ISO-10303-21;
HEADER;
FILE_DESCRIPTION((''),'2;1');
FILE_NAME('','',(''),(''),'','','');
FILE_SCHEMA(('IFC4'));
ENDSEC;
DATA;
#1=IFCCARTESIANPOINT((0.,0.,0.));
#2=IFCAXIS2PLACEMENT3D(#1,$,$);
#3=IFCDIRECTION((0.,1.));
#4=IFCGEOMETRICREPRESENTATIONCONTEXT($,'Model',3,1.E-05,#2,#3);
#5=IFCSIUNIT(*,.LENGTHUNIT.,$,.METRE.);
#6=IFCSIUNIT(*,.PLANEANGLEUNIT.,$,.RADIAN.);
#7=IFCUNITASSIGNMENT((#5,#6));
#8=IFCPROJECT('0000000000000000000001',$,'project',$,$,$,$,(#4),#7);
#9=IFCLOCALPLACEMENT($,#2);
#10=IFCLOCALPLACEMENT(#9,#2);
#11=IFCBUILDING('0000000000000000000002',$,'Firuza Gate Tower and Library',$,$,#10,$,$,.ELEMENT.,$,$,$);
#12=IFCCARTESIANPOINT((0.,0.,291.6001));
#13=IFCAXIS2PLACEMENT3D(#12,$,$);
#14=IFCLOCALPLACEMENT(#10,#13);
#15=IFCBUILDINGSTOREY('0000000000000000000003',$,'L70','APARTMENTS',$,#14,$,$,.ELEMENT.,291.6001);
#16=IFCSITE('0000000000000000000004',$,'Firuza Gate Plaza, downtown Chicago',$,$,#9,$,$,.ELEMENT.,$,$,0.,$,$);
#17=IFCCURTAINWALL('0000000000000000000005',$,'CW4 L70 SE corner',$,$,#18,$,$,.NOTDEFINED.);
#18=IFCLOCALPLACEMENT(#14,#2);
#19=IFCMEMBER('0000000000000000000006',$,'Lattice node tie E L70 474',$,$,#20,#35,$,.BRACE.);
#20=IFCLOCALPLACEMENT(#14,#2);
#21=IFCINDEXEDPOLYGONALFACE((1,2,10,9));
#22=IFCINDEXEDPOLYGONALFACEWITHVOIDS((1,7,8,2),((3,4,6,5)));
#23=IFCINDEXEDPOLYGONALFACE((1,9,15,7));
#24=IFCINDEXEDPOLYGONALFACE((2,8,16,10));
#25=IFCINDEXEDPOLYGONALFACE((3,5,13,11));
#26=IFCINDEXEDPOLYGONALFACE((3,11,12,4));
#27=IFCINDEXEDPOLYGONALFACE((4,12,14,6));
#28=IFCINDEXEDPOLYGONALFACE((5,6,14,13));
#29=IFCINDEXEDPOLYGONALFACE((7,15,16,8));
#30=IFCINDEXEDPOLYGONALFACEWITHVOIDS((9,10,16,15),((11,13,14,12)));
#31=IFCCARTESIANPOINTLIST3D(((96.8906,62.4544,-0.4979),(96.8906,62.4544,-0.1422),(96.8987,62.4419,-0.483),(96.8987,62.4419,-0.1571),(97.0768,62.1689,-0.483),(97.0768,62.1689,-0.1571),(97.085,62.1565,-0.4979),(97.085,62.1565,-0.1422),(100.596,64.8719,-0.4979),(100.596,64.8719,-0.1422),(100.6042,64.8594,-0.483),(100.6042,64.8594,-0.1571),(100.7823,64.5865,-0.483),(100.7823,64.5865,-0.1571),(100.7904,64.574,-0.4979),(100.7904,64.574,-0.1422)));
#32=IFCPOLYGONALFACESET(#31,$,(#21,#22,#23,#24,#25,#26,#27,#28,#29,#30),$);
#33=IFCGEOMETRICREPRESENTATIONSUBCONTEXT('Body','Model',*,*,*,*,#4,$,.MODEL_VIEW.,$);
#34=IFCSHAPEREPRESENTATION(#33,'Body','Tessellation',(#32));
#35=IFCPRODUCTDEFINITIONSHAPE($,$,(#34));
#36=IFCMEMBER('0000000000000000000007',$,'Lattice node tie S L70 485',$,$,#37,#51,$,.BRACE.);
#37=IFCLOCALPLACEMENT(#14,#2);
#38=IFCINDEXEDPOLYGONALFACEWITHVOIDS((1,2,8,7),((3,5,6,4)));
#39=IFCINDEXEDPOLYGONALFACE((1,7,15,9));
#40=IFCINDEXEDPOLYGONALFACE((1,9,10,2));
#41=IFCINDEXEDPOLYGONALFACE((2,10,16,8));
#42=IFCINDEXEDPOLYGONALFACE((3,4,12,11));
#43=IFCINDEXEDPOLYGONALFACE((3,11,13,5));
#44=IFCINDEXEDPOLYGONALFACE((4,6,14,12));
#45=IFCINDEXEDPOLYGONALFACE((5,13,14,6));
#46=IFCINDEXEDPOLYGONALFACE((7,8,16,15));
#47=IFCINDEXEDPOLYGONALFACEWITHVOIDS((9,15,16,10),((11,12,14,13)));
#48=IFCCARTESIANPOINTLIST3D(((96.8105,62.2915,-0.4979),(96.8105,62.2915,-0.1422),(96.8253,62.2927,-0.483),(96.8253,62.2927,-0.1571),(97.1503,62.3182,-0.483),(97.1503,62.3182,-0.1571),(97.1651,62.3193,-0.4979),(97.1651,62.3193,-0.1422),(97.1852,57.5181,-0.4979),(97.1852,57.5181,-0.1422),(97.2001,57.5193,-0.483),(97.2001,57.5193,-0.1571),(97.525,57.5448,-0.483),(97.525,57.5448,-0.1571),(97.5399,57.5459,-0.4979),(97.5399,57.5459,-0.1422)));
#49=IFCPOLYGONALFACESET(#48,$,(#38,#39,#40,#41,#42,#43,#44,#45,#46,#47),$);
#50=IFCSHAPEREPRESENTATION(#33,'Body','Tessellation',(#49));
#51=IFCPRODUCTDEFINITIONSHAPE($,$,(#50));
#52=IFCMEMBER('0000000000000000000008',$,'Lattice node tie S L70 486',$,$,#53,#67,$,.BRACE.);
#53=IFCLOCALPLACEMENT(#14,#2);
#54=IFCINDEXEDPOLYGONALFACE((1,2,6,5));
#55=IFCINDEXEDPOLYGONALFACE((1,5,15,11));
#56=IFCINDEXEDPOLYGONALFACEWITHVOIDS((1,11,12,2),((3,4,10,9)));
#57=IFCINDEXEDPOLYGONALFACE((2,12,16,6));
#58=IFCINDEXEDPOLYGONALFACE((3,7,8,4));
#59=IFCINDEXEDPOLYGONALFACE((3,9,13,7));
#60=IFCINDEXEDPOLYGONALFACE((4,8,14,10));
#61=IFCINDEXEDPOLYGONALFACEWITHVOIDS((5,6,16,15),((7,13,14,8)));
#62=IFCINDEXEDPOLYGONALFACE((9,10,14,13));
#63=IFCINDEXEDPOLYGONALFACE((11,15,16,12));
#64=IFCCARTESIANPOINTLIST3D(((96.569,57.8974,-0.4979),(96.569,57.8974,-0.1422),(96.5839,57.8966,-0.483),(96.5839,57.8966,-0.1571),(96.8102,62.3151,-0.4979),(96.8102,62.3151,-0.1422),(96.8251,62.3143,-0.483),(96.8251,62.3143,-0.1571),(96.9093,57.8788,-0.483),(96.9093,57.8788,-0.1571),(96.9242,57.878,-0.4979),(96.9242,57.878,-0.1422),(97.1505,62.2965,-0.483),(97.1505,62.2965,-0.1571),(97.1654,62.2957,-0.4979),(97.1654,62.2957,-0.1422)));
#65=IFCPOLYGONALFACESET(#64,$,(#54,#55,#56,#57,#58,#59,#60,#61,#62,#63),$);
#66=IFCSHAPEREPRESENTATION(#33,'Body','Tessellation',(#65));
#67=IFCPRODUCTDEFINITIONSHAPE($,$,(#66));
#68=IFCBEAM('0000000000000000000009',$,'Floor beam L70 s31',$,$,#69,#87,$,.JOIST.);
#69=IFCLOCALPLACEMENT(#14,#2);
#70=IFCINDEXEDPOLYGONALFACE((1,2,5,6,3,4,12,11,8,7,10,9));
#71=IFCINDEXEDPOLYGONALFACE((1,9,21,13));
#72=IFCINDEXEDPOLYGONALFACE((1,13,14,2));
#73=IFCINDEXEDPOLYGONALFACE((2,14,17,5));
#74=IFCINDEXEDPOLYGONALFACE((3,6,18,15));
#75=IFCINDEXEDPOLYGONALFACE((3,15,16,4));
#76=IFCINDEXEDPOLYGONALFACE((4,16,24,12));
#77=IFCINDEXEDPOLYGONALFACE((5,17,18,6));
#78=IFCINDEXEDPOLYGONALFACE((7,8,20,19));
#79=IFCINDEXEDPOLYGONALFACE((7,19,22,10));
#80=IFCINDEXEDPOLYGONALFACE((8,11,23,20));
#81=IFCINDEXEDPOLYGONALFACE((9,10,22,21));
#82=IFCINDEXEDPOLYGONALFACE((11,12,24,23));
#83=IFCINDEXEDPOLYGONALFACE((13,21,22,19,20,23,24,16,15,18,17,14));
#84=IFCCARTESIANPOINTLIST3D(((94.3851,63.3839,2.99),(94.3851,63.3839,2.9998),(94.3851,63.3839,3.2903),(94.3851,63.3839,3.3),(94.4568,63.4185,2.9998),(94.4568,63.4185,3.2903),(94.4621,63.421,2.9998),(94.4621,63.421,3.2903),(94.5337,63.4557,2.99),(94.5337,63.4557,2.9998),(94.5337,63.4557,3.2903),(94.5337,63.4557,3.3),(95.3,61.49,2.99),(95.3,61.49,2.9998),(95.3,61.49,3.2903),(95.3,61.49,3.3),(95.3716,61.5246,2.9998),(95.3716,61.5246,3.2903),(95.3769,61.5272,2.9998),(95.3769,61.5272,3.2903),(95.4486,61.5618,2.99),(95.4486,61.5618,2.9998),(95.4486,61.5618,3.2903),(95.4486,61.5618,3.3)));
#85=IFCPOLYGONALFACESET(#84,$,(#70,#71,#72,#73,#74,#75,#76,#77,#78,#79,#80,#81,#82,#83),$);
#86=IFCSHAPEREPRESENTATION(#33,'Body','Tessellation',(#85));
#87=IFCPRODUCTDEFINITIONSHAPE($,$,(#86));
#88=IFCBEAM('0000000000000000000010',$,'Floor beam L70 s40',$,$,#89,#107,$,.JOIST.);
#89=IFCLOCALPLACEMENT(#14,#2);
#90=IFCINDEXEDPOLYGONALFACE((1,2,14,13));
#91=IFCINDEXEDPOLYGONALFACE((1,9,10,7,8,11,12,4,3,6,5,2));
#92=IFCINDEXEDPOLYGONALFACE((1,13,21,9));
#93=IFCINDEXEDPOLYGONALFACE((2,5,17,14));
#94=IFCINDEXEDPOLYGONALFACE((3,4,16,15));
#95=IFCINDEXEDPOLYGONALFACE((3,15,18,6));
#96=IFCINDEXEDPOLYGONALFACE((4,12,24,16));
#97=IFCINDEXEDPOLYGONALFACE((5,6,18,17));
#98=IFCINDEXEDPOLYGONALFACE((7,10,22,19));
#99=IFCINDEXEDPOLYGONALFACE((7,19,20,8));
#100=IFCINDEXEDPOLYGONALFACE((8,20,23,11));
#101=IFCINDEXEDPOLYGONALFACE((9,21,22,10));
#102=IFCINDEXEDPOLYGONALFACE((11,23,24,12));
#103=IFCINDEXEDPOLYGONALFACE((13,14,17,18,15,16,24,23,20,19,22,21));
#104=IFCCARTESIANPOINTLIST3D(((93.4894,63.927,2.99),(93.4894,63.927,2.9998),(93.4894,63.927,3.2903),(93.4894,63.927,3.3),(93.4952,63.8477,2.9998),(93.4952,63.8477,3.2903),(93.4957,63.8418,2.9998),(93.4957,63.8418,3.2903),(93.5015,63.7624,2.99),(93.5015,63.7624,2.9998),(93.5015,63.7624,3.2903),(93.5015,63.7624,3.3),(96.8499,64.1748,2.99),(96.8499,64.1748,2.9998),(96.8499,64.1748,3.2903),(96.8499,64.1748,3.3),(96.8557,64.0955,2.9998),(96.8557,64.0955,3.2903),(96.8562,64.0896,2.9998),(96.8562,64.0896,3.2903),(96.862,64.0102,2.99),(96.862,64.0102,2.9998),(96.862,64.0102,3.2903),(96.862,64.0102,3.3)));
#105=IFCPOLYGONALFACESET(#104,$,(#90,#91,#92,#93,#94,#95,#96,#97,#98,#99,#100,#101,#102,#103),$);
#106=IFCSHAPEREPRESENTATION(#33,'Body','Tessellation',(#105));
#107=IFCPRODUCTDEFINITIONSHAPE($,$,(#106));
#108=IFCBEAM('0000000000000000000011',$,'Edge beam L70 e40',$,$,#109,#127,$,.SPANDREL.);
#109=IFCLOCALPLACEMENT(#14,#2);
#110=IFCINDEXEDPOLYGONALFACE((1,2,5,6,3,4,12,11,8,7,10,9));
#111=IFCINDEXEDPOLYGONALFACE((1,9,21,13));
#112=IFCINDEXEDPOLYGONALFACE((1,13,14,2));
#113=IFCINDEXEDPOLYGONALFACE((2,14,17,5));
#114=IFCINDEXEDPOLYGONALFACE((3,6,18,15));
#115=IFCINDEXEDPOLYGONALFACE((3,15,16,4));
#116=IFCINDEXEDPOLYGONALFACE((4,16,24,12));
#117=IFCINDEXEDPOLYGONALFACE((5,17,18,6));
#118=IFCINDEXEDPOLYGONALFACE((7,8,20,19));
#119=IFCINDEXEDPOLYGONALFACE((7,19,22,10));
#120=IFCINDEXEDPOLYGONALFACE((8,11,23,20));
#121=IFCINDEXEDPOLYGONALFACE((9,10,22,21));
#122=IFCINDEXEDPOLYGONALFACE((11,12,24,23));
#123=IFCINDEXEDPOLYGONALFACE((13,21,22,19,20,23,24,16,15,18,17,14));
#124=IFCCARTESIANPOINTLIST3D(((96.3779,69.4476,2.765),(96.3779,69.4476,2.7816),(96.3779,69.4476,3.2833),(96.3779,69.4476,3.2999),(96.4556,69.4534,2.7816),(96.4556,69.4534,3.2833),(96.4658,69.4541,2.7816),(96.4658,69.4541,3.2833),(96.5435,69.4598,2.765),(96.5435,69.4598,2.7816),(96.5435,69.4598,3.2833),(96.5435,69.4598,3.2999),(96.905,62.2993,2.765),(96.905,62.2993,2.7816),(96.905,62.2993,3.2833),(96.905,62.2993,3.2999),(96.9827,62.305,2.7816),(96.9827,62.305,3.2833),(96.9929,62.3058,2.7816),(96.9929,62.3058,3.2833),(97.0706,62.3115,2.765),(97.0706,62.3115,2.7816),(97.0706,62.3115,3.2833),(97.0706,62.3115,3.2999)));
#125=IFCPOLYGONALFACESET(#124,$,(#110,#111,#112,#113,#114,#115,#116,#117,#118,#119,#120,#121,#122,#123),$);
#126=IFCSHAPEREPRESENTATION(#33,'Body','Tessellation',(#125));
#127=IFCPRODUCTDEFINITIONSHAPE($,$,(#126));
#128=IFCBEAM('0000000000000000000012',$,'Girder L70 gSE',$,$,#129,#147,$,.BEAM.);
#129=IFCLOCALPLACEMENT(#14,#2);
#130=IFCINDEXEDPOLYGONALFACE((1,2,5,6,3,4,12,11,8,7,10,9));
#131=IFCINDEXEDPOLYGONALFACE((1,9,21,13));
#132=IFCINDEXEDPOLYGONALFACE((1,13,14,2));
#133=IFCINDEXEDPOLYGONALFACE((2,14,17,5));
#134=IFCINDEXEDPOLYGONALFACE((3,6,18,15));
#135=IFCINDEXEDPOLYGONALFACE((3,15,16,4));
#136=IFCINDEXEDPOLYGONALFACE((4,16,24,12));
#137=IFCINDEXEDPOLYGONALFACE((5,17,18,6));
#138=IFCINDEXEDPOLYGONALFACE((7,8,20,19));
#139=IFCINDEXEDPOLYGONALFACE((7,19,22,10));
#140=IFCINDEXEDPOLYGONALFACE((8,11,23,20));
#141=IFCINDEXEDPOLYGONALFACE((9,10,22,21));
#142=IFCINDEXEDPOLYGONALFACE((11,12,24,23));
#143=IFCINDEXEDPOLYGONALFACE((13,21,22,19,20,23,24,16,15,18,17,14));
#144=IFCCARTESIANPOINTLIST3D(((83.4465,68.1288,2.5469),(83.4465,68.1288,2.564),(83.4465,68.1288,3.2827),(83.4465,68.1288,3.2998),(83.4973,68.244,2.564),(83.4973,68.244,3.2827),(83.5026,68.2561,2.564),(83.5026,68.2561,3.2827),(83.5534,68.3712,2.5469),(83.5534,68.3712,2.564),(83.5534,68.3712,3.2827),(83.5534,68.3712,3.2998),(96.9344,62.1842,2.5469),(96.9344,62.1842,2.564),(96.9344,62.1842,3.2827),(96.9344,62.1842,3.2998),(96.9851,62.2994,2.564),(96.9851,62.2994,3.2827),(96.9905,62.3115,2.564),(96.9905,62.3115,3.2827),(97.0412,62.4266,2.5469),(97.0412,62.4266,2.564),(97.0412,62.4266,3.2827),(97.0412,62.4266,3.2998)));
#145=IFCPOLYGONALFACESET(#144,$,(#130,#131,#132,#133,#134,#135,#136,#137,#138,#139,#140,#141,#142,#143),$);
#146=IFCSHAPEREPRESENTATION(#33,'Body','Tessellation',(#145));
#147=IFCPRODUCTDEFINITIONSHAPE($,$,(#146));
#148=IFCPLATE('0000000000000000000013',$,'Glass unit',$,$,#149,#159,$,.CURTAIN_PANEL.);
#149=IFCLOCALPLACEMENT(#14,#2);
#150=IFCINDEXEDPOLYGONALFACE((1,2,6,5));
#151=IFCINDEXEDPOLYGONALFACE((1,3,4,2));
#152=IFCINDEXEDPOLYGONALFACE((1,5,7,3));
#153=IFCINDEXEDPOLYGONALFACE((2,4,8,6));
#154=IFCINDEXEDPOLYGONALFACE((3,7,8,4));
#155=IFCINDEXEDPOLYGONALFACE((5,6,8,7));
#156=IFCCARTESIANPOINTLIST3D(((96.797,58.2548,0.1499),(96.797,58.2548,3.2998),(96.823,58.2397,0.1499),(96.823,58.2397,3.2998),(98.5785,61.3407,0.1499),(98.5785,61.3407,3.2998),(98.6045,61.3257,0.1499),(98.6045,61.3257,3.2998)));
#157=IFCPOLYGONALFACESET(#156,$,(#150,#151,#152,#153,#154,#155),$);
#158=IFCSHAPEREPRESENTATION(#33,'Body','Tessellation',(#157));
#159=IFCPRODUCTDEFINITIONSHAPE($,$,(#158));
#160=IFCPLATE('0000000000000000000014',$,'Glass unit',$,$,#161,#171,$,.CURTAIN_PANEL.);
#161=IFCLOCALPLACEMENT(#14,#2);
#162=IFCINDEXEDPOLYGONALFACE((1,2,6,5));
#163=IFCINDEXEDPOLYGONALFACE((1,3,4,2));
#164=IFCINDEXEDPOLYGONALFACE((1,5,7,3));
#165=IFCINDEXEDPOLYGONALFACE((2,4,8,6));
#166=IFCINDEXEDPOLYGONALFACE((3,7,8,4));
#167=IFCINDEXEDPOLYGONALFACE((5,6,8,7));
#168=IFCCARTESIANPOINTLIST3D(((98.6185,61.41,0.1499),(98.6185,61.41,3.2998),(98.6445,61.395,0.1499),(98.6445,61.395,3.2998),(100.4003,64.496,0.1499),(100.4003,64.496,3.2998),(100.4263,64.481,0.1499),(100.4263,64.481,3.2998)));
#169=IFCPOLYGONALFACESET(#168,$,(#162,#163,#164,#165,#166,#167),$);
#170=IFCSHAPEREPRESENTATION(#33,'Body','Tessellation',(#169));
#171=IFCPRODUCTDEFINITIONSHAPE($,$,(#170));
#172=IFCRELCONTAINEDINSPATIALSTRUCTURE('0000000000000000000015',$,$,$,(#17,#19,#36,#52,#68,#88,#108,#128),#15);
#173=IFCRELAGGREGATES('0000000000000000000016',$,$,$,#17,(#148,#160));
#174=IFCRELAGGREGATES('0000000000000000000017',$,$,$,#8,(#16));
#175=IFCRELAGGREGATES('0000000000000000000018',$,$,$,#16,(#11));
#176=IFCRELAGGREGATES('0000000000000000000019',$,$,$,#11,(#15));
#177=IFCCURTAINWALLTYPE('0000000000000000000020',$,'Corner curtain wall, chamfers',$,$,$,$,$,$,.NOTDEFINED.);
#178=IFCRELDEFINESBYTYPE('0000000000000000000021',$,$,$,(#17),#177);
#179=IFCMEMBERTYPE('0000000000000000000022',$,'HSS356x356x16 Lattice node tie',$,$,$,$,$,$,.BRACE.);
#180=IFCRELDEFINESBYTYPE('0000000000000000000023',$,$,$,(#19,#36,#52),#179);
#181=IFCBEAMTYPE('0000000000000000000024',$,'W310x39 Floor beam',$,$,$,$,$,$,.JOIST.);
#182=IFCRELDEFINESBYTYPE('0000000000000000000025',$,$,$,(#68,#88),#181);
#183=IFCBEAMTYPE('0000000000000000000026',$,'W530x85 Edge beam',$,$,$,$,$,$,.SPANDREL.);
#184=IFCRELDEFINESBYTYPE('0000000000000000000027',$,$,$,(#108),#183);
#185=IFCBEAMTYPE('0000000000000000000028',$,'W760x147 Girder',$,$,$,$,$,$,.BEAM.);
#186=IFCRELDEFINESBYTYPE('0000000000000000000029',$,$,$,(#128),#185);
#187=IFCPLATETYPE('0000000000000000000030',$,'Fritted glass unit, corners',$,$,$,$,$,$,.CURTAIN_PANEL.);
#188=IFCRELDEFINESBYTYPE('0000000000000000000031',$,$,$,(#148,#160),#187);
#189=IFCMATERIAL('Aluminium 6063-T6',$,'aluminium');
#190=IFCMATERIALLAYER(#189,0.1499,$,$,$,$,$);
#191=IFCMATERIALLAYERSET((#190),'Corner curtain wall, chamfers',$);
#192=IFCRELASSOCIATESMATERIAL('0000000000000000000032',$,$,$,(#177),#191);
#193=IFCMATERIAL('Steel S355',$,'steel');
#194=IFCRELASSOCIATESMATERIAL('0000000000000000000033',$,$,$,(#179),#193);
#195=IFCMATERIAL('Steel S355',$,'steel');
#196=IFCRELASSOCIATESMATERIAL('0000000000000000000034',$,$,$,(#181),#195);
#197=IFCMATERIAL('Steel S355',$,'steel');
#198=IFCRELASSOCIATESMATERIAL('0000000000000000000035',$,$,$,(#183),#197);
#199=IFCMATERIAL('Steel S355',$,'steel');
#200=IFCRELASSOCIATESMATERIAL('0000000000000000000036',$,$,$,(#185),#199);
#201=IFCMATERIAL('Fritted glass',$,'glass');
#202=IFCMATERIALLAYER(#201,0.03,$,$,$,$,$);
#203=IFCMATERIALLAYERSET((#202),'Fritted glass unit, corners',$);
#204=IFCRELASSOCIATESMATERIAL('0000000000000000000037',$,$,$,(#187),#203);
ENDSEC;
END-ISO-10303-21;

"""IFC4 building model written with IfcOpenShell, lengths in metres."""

from ifc_helpers import new_model, si_unit, direction, frame, origin, origin_2d, place, context, subcontext, project, spatial, polyline, hollow_rectangle, i_section, outline, extrude, material, layer, layer_set, material_profile, profile_set, type_object, element, aggregate, save


model = new_model("IFC4")

# Units and contexts
model_context = context("Model", 3, precision=1e-05, world=origin(), true_north=direction((0.0, 1.0)))
body_context = subcontext(model_context, "Body", "Model", "MODEL_VIEW")
ifc_project = project(units=[si_unit("LENGTHUNIT", "METRE"), si_unit("PLANEANGLEUNIT", "RADIAN")], contexts=[model_context])

# Site, building, storey
site_placement = place(None, origin())
site = spatial("IfcSite", under=ifc_project, at=site_placement, Name="Firuza Gate Plaza, downtown Chicago", CompositionType="ELEMENT", RefElevation=0.0)
building_placement = place(site_placement, origin())
building = spatial("IfcBuilding", under=site, at=building_placement, Name="Firuza Gate Tower and Library", CompositionType="ELEMENT")
storey_placement = place(building_placement, frame((0.0, 0.0, 291.6001)))
storey = spatial("IfcBuildingStorey", under=building, at=storey_placement, Name="L70", Description="APARTMENTS", CompositionType="ELEMENT", Elevation=291.6001)

# Shared definitions
placement = place(storey_placement, origin())

# Curtain wall
ifc_material_1 = material(Name="Aluminium 6063-T6", Category="aluminium")
ifc_layer_1 = layer(ifc_material_1, 0.1499)
ifc_layer_set_1 = layer_set([ifc_layer_1], Name="Corner curtain wall, chamfers")
curtain_wall_type_1 = type_object("IfcCurtainWallType", Name="Corner curtain wall, chamfers", PredefinedType="NOTDEFINED", material=ifc_layer_set_1)
curtain_wall_1 = element("IfcCurtainWall", 1, at=placement, inside=storey, type_object=curtain_wall_type_1, Name="CW4 L70 SE corner", PredefinedType="NOTDEFINED")

# Members
ifc_material_2 = material(Name="Steel S355", Category="steel")
ifc_material_profile_1 = material_profile(ifc_material_2, hollow_rectangle(XDim=0.3557, YDim=0.3557, WallThickness=0.0149, at=origin_2d()))
ifc_profile_set_1 = profile_set([ifc_material_profile_1], Name="Steel S355")
member_type_1 = type_object("IfcMemberType", Name="HSS356x356x16 Lattice node tie", PredefinedType="BRACE", material=ifc_profile_set_1)
member_1_placement = place(storey_placement, frame((96.9878, 62.3054, -0.3201), z_axis=(0.837511, 0.546421, 0.0), x_axis=(-0.546421, 0.837511, 0.0)))
element("IfcMember", 2, at=member_1_placement, inside=storey, type_object=member_type_1, Name="Lattice node tie E L70 474", PredefinedType="BRACE", context=body_context, shape_type="SweptSolid", body=[
    extrude(hollow_rectangle(XDim=0.3557, YDim=0.3557, WallThickness=0.0149, at=origin_2d()), origin(), (0.0, 0.0, 1.0), 4.4243),
])
member_2_placement = place(storey_placement, frame((96.9878, 62.3054, -0.3201), z_axis=(0.078268, -0.996932, 0.0), x_axis=(0.996932, 0.078268, 0.0)))
element("IfcMember", 3, at=member_2_placement, inside=storey, type_object=member_type_1, Name="Lattice node tie S L70 485", PredefinedType="BRACE", context=body_context, shape_type="SweptSolid", body=[
    extrude(hollow_rectangle(XDim=0.3557, YDim=0.3557, WallThickness=0.0149, at=origin_2d()), origin(), (0.0, 0.0, 1.0), 4.7881),
])
member_3_placement = place(storey_placement, frame((96.9878, 62.3054, -0.3201), z_axis=(-0.05452, -0.998513, 0.0), x_axis=(0.998513, -0.05452, 0.0)))
element("IfcMember", 4, at=member_3_placement, inside=storey, type_object=member_type_1, Name="Lattice node tie S L70 486", PredefinedType="BRACE", context=body_context, shape_type="SweptSolid", body=[
    extrude(hollow_rectangle(XDim=0.3557, YDim=0.3557, WallThickness=0.0149, at=origin_2d()), origin(), (0.0, 0.0, 1.0), 4.4243),
])

# Beams
ifc_material_3 = material(Name="Steel S355", Category="steel")
ifc_material_profile_2 = material_profile(ifc_material_3, i_section(OverallWidth=0.165, OverallDepth=0.3101, WebThickness=0.0059, FlangeThickness=0.0098, at=origin_2d()))
ifc_profile_set_2 = profile_set([ifc_material_profile_2], Name="Steel S355")
beam_type_1 = type_object("IfcBeamType", Name="W310x39 Floor beam", PredefinedType="JOIST", material=ifc_profile_set_2)
beam_1_placement = place(storey_placement, frame((95.3743, 61.5259, 3.145), z_axis=(-0.43496, 0.90045, 0.0), x_axis=(-0.90045, -0.43496, 0.0)))
element("IfcBeam", 5, at=beam_1_placement, inside=storey, type_object=beam_type_1, Name="Floor beam L70 s31", PredefinedType="JOIST", context=body_context, shape_type="SweptSolid", body=[
    extrude(i_section(OverallWidth=0.165, OverallDepth=0.3101, WebThickness=0.0059, FlangeThickness=0.0098, at=origin_2d()), origin(), (0.0, 0.0, 1.0), 2.1033),
])
beam_2_placement = place(storey_placement, frame((96.856, 64.0925, 3.145), z_axis=(-0.997292, -0.073538, 0.0), x_axis=(0.073538, -0.997292, 0.0)))
element("IfcBeam", 6, at=beam_2_placement, inside=storey, type_object=beam_type_1, Name="Floor beam L70 s40", PredefinedType="JOIST", context=body_context, shape_type="SweptSolid", body=[
    extrude(i_section(OverallWidth=0.165, OverallDepth=0.3101, WebThickness=0.0059, FlangeThickness=0.0098, at=origin_2d()), origin(), (0.0, 0.0, 1.0), 3.3696),
])
ifc_material_4 = material(Name="Steel S355", Category="steel")
ifc_material_profile_3 = material_profile(ifc_material_4, i_section(OverallWidth=0.166, OverallDepth=0.5349, WebThickness=0.0103, FlangeThickness=0.0166, at=origin_2d()))
ifc_profile_set_3 = profile_set([ifc_material_profile_3], Name="Steel S355")
beam_type_2 = type_object("IfcBeamType", Name="W530x85 Edge beam", PredefinedType="SPANDREL", material=ifc_profile_set_3)
beam_3_placement = place(storey_placement, frame((96.9878, 62.3054, 3.0325), z_axis=(-0.073537, 0.997293, 0.0), x_axis=(-0.997293, -0.073537, 0.0)))
element("IfcBeam", 7, at=beam_3_placement, inside=storey, type_object=beam_type_2, Name="Edge beam L70 e40", PredefinedType="SPANDREL", context=body_context, shape_type="SweptSolid", body=[
    extrude(i_section(OverallWidth=0.166, OverallDepth=0.5349, WebThickness=0.0103, FlangeThickness=0.0166, at=origin_2d()), origin(), (0.0, 0.0, 1.0), 7.1677),
])
ifc_material_5 = material(Name="Steel S355", Category="steel")
ifc_material_profile_4 = material_profile(ifc_material_5, i_section(OverallWidth=0.2649, OverallDepth=0.7529, WebThickness=0.0132, FlangeThickness=0.0171, at=origin_2d()))
ifc_profile_set_4 = profile_set([ifc_material_profile_4], Name="Steel S355")
beam_type_3 = type_object("IfcBeamType", Name="W760x147 Girder", PredefinedType="BEAM", material=ifc_profile_set_4)
beam_4_placement = place(storey_placement, frame((96.9878, 62.3054, 2.9233), z_axis=(-0.915066, 0.403304, 0.0), x_axis=(-0.403304, -0.915066, 0.0)))
element("IfcBeam", 8, at=beam_4_placement, inside=storey, type_object=beam_type_3, Name="Girder L70 gSE", PredefinedType="BEAM", context=body_context, shape_type="SweptSolid", body=[
    extrude(i_section(OverallWidth=0.2649, OverallDepth=0.7529, WebThickness=0.0132, FlangeThickness=0.0171, at=origin_2d()), origin(), (0.0, 0.0, 1.0), 14.7397),
])

# Plates
ifc_material_6 = material(Name="Fritted glass", Category="glass")
ifc_layer_2 = layer(ifc_material_6, 0.03)
ifc_layer_set_2 = layer_set([ifc_layer_2], Name="Fritted glass unit, corners")
plate_type_1 = type_object("IfcPlateType", Name="Fritted glass unit, corners", PredefinedType="CURTAIN_PANEL", material=ifc_layer_set_2)
plate_1_placement = place(storey_placement, frame((96.823, 58.2397, 0.1499), z_axis=(0.866046, -0.499964, 0.0), x_axis=(0.499964, 0.866046, 0.0)))
plate_1 = element("IfcPlate", 9, at=plate_1_placement, type_object=plate_type_1, Name="Glass unit", PredefinedType="CURTAIN_PANEL", context=body_context, shape_type="SweptSolid", body=[
    extrude(outline(polyline([(0.0, 0.0), (3.5632, 0.0), (3.5632, 3.1499), (0.0, 3.1499), (0.0, 0.0)])), origin(), (0.0, 0.0, -1.0), 0.03),
])
plate_2_placement = place(storey_placement, frame((98.6445, 61.395, 0.1499), z_axis=(0.866017, -0.500015, 0.0), x_axis=(0.500015, 0.866017, 0.0)))
plate_2 = element("IfcPlate", 10, at=plate_2_placement, type_object=plate_type_1, Name="Glass unit", PredefinedType="CURTAIN_PANEL", context=body_context, shape_type="SweptSolid", body=[
    extrude(outline(polyline([(0.0, 0.0), (3.5634, 0.0), (3.5634, 3.1499), (0.0, 3.1499), (0.0, 0.0)])), origin(), (0.0, 0.0, -1.0), 0.03),
])
aggregate(curtain_wall_1, [plate_1, plate_2])

save(model, "model.ifc")
